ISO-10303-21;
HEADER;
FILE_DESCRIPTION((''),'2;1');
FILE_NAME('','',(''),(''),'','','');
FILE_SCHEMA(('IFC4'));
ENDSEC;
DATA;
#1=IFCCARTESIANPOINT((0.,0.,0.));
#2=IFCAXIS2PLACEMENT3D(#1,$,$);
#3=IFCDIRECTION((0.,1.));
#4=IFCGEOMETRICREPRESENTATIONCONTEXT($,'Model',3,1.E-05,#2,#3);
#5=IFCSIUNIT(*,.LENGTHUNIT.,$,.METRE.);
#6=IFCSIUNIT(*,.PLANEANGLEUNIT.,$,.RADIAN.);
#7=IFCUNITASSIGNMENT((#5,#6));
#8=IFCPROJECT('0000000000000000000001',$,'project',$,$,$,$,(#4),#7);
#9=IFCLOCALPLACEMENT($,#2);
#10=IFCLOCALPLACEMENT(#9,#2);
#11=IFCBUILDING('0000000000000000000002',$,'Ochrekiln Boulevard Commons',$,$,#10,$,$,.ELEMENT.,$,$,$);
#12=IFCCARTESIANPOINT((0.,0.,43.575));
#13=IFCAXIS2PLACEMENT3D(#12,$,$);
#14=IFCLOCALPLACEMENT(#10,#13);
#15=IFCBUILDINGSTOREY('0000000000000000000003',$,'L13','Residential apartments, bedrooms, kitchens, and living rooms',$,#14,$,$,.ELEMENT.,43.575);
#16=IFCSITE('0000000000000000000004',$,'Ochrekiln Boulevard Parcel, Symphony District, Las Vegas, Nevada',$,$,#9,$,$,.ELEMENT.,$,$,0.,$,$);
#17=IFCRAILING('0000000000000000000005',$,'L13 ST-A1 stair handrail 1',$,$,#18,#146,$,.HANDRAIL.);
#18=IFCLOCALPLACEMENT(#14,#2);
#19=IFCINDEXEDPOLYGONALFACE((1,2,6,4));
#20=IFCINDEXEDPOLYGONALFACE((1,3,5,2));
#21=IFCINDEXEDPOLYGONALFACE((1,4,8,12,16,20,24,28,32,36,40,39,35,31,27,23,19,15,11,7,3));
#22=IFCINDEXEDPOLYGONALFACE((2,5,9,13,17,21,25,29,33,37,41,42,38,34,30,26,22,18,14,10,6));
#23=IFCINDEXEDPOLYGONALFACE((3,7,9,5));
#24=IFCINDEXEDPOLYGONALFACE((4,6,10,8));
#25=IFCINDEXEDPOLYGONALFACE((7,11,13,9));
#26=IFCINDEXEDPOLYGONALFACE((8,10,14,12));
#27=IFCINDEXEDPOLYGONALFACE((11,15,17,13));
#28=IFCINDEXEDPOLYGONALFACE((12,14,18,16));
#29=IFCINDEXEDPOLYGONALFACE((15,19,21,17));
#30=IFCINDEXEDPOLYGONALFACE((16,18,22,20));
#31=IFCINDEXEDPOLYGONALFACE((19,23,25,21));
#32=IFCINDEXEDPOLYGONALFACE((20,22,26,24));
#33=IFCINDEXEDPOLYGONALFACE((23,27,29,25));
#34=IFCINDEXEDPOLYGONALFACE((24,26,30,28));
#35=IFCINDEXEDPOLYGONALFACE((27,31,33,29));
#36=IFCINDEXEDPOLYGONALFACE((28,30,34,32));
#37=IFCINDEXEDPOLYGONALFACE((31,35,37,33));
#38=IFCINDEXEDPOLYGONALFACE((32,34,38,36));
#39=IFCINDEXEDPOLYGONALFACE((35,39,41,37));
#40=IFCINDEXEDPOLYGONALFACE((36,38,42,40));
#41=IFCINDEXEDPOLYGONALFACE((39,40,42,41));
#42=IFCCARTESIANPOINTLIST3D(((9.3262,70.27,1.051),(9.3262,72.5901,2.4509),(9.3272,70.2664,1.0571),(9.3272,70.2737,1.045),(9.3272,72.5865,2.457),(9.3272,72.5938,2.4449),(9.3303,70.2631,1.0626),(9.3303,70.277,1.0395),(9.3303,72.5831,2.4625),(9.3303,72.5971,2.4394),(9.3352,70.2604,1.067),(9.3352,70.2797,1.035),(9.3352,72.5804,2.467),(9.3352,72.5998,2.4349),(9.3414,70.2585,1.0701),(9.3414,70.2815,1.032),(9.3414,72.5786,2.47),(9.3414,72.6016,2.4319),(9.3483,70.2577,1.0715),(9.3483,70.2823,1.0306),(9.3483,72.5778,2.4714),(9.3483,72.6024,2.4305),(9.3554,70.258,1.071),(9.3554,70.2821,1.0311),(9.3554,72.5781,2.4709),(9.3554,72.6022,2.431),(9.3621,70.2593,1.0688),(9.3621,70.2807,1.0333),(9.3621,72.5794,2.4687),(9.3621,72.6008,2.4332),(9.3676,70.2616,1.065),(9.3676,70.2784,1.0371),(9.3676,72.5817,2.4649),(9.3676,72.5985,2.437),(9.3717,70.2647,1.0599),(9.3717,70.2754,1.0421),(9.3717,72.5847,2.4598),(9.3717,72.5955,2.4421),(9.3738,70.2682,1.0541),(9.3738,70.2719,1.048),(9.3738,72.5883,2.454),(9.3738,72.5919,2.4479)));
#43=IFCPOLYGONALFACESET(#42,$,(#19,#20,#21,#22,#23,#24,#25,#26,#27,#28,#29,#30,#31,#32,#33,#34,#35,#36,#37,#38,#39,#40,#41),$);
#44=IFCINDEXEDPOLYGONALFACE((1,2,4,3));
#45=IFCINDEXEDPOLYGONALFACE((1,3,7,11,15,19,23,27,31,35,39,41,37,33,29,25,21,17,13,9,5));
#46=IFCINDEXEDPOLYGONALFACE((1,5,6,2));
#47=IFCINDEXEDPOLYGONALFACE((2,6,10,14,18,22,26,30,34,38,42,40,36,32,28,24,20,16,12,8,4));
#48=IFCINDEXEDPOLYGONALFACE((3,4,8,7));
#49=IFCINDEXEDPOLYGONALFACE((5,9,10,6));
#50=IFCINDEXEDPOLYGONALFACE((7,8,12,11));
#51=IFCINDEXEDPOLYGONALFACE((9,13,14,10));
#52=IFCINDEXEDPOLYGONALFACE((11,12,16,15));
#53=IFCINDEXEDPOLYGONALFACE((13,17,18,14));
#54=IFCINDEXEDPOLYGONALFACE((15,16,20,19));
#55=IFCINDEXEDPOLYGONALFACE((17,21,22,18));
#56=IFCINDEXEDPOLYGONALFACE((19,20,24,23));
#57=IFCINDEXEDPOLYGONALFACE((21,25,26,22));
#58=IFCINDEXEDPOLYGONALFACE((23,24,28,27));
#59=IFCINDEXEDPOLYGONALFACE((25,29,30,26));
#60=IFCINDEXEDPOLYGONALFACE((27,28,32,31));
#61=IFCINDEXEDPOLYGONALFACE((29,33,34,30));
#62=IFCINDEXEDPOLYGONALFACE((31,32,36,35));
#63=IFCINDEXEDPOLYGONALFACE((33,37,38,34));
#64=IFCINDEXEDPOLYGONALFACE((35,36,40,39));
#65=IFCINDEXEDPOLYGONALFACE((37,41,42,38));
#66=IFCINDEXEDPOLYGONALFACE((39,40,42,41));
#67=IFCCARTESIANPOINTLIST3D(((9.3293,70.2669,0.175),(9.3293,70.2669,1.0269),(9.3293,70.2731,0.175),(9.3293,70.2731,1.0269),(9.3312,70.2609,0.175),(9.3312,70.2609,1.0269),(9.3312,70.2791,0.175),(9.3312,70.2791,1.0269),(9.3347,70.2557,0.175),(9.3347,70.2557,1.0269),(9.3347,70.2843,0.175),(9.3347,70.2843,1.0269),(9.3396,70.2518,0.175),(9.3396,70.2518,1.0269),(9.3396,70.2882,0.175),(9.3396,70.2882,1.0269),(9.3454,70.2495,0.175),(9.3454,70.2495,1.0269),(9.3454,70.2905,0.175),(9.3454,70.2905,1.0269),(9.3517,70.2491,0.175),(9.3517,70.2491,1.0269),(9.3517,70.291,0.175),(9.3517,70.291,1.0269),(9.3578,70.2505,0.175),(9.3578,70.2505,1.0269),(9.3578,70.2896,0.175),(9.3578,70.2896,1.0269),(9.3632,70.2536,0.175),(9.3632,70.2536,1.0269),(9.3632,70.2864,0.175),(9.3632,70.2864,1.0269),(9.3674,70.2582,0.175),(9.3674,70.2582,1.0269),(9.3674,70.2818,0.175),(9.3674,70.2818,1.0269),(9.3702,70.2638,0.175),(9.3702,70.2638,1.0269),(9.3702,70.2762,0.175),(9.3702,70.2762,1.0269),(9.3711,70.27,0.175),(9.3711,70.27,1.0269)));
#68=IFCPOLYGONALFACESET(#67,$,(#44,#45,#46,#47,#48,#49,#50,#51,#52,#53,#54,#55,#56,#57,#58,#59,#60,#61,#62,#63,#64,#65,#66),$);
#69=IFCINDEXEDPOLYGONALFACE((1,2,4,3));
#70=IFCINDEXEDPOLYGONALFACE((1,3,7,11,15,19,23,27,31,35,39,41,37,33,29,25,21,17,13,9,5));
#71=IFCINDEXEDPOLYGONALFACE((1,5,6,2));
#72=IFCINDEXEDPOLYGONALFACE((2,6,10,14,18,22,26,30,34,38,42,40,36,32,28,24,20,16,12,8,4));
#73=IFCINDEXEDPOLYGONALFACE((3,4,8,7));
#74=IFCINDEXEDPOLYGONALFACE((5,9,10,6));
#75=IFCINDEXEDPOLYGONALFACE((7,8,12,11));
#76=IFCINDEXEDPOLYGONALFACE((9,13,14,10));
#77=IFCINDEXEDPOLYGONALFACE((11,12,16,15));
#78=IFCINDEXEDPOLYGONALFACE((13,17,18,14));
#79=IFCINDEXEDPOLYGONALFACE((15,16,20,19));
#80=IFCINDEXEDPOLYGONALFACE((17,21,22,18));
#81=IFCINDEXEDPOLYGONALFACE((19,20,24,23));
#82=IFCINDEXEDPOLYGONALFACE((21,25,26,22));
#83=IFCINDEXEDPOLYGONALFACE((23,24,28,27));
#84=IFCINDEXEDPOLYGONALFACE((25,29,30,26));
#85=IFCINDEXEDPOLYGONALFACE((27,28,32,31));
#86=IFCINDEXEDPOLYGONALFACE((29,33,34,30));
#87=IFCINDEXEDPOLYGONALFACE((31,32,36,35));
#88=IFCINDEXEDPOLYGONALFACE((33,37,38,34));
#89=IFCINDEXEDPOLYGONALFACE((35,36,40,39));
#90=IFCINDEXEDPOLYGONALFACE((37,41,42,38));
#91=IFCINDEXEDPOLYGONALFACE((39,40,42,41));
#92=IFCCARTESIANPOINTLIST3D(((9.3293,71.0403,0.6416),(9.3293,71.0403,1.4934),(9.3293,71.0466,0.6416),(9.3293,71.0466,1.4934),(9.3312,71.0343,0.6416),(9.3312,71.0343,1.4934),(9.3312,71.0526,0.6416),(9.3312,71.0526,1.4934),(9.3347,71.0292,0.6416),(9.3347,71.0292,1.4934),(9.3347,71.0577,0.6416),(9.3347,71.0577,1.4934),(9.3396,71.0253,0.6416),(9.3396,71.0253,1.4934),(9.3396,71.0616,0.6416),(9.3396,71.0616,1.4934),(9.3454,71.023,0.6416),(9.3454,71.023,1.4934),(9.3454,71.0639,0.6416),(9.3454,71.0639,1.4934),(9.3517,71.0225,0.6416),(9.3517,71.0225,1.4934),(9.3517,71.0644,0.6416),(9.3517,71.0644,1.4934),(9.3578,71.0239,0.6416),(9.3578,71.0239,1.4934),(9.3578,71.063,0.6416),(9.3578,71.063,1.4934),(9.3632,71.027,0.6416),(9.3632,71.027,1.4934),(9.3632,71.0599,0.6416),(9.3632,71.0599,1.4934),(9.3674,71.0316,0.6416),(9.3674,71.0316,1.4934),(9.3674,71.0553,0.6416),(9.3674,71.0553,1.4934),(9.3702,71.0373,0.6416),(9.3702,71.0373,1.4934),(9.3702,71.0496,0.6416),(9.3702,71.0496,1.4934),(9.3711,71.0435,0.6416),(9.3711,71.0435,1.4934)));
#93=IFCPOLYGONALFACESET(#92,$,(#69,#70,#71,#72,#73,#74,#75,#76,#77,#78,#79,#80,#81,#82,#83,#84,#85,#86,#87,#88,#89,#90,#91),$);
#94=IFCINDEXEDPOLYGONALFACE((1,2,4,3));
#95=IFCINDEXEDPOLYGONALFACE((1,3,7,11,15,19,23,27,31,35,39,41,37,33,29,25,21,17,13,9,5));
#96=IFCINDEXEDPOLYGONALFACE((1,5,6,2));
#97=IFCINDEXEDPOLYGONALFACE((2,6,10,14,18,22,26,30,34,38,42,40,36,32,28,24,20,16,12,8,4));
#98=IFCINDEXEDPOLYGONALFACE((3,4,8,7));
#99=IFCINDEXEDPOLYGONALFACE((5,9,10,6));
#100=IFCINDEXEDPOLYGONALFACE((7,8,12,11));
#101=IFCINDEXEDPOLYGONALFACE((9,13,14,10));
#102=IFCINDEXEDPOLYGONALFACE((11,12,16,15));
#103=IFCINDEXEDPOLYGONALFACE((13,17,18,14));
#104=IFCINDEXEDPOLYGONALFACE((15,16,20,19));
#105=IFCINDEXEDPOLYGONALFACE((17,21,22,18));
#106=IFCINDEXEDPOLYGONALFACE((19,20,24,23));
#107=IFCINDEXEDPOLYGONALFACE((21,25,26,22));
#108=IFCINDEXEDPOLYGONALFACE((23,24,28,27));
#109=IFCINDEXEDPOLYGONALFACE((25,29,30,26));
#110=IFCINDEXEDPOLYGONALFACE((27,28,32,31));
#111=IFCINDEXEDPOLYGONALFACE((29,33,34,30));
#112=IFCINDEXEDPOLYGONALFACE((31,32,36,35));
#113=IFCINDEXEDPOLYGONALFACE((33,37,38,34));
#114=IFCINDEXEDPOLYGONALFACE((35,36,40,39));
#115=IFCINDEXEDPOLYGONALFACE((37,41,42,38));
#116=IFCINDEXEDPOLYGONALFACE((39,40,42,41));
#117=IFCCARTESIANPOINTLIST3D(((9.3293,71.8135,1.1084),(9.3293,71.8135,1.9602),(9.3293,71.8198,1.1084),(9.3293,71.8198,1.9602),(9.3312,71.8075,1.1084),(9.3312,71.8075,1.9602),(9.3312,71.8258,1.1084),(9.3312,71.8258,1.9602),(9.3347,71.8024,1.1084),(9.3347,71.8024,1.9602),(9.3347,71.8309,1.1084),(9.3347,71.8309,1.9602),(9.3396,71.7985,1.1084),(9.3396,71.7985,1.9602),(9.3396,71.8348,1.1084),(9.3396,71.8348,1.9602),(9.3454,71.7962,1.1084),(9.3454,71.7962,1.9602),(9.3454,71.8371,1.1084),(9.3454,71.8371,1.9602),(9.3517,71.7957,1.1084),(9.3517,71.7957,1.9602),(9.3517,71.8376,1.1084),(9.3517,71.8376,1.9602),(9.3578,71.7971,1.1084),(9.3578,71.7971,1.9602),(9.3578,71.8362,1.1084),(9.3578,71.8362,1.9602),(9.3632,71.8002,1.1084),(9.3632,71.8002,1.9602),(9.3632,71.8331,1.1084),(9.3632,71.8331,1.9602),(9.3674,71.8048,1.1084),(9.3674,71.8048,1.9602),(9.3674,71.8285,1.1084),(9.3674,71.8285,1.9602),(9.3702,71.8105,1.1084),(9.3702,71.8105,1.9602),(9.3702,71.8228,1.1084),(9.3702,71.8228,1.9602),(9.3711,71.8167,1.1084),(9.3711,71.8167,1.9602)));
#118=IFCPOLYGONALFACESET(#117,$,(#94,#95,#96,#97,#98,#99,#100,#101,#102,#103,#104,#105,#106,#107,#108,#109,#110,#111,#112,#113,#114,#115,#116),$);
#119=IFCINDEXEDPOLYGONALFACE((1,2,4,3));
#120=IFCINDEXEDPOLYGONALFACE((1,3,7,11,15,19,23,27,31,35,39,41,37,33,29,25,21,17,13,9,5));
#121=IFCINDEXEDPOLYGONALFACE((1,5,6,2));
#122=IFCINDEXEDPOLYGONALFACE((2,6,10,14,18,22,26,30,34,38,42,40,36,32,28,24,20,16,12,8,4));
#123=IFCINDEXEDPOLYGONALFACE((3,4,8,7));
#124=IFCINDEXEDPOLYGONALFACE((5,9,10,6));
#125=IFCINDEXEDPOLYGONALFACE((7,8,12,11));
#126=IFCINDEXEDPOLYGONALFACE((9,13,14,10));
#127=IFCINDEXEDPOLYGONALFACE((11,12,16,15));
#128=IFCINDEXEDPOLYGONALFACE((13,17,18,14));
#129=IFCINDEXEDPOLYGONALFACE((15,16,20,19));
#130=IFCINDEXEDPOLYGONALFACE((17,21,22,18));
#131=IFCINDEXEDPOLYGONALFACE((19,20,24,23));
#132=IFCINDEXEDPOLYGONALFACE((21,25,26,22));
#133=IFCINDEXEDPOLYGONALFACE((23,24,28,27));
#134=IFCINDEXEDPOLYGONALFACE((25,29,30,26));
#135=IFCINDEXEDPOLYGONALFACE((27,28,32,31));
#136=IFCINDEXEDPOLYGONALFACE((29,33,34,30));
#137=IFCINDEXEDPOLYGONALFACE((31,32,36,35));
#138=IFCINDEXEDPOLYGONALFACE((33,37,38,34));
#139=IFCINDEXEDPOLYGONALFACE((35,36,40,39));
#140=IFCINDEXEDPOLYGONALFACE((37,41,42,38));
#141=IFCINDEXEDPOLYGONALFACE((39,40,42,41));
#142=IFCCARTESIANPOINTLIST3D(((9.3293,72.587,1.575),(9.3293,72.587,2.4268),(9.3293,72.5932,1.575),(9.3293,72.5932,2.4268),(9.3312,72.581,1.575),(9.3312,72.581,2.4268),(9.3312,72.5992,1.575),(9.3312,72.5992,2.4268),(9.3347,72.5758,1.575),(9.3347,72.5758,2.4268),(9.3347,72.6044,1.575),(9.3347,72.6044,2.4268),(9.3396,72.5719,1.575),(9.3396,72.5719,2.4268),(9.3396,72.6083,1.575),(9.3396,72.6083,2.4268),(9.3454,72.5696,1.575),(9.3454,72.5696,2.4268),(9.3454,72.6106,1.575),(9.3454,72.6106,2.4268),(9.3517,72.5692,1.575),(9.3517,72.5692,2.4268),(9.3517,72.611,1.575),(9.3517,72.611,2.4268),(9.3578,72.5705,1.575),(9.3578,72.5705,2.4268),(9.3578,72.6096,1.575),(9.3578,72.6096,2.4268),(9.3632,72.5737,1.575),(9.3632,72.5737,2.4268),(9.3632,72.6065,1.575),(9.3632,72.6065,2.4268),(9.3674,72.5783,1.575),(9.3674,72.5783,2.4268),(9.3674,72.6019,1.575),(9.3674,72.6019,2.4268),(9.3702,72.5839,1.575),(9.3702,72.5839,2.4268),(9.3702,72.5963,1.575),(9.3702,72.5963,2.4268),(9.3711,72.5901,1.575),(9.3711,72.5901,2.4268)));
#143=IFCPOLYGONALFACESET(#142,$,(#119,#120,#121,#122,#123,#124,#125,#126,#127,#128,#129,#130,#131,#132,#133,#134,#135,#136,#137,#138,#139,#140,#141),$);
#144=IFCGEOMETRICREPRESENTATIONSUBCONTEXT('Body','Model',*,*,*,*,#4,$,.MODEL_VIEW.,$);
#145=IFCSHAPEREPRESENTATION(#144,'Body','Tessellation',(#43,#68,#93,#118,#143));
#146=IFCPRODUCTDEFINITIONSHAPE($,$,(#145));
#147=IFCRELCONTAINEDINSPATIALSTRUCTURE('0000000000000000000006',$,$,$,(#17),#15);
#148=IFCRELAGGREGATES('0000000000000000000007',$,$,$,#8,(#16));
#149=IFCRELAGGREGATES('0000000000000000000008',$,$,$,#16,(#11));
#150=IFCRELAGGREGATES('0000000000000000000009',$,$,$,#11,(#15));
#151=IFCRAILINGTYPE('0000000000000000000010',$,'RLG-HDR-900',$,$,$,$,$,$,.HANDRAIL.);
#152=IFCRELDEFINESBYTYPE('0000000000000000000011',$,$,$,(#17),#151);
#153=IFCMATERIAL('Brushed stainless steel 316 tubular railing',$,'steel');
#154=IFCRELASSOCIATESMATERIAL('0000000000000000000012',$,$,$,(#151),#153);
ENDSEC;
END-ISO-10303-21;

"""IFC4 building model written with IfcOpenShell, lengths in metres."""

from ifc_helpers import new_model, si_unit, direction, frame, origin, origin_2d, place, context, subcontext, project, spatial, circle, extrude, material, type_object, element, save


model = new_model("IFC4")

# Units and contexts
model_context = context("Model", 3, precision=1e-05, world=origin(), true_north=direction((0.0, 1.0)))
body_context = subcontext(model_context, "Body", "Model", "MODEL_VIEW")
ifc_project = project(units=[si_unit("LENGTHUNIT", "METRE"), si_unit("PLANEANGLEUNIT", "RADIAN")], contexts=[model_context])

# Site, building, storey
site_placement = place(None, origin())
site = spatial("IfcSite", under=ifc_project, at=site_placement, Name="Ochrekiln Boulevard Parcel, Symphony District, Las Vegas, Nevada", CompositionType="ELEMENT", RefElevation=0.0)
building_placement = place(site_placement, origin())
building = spatial("IfcBuilding", under=site, at=building_placement, Name="Ochrekiln Boulevard Commons", CompositionType="ELEMENT")
storey_placement = place(building_placement, frame((0.0, 0.0, 43.575)))
storey = spatial("IfcBuildingStorey", under=building, at=storey_placement, Name="L13", Description="Residential apartments, bedrooms, kitchens, and living rooms", CompositionType="ELEMENT", Elevation=43.575)

# Railing
ifc_material_1 = material(Name="Brushed stainless steel 316 tubular railing", Category="steel")
railing_type_1 = type_object("IfcRailingType", Name="RLG-HDR-900", PredefinedType="HANDRAIL", material=ifc_material_1)
railing_1_placement = place(storey_placement, frame((9.3501, 70.27, 0.175)))
element("IfcRailing", 1, at=railing_1_placement, inside=storey, type_object=railing_type_1, Name="L13 ST-A1 stair handrail 1", PredefinedType="HANDRAIL", context=body_context, shape_type="SweptSolid", body=[
    extrude(circle(Radius=0.0239, at=origin_2d()), frame((0.0, 0.0, 0.876), z_axis=(0.0, 0.85621, 0.516627), x_axis=(-1.0, 0.0, 0.0)), (0.0, 0.0, 1.0), 2.7097),
    extrude(circle(Radius=0.021, at=origin_2d()), origin(), (0.0, 0.0, 1.0), 0.8518),
    extrude(circle(Radius=0.021, at=origin_2d()), frame((0.0, 0.7734, 0.4666)), (0.0, 0.0, 1.0), 0.8518),
    extrude(circle(Radius=0.021, at=origin_2d()), frame((0.0, 1.5466, 0.9333)), (0.0, 0.0, 1.0), 0.8518),
    extrude(circle(Radius=0.021, at=origin_2d()), frame((0.0, 2.3201, 1.3999)), (0.0, 0.0, 1.0), 0.8518),
])

save(model, "model.ifc")
